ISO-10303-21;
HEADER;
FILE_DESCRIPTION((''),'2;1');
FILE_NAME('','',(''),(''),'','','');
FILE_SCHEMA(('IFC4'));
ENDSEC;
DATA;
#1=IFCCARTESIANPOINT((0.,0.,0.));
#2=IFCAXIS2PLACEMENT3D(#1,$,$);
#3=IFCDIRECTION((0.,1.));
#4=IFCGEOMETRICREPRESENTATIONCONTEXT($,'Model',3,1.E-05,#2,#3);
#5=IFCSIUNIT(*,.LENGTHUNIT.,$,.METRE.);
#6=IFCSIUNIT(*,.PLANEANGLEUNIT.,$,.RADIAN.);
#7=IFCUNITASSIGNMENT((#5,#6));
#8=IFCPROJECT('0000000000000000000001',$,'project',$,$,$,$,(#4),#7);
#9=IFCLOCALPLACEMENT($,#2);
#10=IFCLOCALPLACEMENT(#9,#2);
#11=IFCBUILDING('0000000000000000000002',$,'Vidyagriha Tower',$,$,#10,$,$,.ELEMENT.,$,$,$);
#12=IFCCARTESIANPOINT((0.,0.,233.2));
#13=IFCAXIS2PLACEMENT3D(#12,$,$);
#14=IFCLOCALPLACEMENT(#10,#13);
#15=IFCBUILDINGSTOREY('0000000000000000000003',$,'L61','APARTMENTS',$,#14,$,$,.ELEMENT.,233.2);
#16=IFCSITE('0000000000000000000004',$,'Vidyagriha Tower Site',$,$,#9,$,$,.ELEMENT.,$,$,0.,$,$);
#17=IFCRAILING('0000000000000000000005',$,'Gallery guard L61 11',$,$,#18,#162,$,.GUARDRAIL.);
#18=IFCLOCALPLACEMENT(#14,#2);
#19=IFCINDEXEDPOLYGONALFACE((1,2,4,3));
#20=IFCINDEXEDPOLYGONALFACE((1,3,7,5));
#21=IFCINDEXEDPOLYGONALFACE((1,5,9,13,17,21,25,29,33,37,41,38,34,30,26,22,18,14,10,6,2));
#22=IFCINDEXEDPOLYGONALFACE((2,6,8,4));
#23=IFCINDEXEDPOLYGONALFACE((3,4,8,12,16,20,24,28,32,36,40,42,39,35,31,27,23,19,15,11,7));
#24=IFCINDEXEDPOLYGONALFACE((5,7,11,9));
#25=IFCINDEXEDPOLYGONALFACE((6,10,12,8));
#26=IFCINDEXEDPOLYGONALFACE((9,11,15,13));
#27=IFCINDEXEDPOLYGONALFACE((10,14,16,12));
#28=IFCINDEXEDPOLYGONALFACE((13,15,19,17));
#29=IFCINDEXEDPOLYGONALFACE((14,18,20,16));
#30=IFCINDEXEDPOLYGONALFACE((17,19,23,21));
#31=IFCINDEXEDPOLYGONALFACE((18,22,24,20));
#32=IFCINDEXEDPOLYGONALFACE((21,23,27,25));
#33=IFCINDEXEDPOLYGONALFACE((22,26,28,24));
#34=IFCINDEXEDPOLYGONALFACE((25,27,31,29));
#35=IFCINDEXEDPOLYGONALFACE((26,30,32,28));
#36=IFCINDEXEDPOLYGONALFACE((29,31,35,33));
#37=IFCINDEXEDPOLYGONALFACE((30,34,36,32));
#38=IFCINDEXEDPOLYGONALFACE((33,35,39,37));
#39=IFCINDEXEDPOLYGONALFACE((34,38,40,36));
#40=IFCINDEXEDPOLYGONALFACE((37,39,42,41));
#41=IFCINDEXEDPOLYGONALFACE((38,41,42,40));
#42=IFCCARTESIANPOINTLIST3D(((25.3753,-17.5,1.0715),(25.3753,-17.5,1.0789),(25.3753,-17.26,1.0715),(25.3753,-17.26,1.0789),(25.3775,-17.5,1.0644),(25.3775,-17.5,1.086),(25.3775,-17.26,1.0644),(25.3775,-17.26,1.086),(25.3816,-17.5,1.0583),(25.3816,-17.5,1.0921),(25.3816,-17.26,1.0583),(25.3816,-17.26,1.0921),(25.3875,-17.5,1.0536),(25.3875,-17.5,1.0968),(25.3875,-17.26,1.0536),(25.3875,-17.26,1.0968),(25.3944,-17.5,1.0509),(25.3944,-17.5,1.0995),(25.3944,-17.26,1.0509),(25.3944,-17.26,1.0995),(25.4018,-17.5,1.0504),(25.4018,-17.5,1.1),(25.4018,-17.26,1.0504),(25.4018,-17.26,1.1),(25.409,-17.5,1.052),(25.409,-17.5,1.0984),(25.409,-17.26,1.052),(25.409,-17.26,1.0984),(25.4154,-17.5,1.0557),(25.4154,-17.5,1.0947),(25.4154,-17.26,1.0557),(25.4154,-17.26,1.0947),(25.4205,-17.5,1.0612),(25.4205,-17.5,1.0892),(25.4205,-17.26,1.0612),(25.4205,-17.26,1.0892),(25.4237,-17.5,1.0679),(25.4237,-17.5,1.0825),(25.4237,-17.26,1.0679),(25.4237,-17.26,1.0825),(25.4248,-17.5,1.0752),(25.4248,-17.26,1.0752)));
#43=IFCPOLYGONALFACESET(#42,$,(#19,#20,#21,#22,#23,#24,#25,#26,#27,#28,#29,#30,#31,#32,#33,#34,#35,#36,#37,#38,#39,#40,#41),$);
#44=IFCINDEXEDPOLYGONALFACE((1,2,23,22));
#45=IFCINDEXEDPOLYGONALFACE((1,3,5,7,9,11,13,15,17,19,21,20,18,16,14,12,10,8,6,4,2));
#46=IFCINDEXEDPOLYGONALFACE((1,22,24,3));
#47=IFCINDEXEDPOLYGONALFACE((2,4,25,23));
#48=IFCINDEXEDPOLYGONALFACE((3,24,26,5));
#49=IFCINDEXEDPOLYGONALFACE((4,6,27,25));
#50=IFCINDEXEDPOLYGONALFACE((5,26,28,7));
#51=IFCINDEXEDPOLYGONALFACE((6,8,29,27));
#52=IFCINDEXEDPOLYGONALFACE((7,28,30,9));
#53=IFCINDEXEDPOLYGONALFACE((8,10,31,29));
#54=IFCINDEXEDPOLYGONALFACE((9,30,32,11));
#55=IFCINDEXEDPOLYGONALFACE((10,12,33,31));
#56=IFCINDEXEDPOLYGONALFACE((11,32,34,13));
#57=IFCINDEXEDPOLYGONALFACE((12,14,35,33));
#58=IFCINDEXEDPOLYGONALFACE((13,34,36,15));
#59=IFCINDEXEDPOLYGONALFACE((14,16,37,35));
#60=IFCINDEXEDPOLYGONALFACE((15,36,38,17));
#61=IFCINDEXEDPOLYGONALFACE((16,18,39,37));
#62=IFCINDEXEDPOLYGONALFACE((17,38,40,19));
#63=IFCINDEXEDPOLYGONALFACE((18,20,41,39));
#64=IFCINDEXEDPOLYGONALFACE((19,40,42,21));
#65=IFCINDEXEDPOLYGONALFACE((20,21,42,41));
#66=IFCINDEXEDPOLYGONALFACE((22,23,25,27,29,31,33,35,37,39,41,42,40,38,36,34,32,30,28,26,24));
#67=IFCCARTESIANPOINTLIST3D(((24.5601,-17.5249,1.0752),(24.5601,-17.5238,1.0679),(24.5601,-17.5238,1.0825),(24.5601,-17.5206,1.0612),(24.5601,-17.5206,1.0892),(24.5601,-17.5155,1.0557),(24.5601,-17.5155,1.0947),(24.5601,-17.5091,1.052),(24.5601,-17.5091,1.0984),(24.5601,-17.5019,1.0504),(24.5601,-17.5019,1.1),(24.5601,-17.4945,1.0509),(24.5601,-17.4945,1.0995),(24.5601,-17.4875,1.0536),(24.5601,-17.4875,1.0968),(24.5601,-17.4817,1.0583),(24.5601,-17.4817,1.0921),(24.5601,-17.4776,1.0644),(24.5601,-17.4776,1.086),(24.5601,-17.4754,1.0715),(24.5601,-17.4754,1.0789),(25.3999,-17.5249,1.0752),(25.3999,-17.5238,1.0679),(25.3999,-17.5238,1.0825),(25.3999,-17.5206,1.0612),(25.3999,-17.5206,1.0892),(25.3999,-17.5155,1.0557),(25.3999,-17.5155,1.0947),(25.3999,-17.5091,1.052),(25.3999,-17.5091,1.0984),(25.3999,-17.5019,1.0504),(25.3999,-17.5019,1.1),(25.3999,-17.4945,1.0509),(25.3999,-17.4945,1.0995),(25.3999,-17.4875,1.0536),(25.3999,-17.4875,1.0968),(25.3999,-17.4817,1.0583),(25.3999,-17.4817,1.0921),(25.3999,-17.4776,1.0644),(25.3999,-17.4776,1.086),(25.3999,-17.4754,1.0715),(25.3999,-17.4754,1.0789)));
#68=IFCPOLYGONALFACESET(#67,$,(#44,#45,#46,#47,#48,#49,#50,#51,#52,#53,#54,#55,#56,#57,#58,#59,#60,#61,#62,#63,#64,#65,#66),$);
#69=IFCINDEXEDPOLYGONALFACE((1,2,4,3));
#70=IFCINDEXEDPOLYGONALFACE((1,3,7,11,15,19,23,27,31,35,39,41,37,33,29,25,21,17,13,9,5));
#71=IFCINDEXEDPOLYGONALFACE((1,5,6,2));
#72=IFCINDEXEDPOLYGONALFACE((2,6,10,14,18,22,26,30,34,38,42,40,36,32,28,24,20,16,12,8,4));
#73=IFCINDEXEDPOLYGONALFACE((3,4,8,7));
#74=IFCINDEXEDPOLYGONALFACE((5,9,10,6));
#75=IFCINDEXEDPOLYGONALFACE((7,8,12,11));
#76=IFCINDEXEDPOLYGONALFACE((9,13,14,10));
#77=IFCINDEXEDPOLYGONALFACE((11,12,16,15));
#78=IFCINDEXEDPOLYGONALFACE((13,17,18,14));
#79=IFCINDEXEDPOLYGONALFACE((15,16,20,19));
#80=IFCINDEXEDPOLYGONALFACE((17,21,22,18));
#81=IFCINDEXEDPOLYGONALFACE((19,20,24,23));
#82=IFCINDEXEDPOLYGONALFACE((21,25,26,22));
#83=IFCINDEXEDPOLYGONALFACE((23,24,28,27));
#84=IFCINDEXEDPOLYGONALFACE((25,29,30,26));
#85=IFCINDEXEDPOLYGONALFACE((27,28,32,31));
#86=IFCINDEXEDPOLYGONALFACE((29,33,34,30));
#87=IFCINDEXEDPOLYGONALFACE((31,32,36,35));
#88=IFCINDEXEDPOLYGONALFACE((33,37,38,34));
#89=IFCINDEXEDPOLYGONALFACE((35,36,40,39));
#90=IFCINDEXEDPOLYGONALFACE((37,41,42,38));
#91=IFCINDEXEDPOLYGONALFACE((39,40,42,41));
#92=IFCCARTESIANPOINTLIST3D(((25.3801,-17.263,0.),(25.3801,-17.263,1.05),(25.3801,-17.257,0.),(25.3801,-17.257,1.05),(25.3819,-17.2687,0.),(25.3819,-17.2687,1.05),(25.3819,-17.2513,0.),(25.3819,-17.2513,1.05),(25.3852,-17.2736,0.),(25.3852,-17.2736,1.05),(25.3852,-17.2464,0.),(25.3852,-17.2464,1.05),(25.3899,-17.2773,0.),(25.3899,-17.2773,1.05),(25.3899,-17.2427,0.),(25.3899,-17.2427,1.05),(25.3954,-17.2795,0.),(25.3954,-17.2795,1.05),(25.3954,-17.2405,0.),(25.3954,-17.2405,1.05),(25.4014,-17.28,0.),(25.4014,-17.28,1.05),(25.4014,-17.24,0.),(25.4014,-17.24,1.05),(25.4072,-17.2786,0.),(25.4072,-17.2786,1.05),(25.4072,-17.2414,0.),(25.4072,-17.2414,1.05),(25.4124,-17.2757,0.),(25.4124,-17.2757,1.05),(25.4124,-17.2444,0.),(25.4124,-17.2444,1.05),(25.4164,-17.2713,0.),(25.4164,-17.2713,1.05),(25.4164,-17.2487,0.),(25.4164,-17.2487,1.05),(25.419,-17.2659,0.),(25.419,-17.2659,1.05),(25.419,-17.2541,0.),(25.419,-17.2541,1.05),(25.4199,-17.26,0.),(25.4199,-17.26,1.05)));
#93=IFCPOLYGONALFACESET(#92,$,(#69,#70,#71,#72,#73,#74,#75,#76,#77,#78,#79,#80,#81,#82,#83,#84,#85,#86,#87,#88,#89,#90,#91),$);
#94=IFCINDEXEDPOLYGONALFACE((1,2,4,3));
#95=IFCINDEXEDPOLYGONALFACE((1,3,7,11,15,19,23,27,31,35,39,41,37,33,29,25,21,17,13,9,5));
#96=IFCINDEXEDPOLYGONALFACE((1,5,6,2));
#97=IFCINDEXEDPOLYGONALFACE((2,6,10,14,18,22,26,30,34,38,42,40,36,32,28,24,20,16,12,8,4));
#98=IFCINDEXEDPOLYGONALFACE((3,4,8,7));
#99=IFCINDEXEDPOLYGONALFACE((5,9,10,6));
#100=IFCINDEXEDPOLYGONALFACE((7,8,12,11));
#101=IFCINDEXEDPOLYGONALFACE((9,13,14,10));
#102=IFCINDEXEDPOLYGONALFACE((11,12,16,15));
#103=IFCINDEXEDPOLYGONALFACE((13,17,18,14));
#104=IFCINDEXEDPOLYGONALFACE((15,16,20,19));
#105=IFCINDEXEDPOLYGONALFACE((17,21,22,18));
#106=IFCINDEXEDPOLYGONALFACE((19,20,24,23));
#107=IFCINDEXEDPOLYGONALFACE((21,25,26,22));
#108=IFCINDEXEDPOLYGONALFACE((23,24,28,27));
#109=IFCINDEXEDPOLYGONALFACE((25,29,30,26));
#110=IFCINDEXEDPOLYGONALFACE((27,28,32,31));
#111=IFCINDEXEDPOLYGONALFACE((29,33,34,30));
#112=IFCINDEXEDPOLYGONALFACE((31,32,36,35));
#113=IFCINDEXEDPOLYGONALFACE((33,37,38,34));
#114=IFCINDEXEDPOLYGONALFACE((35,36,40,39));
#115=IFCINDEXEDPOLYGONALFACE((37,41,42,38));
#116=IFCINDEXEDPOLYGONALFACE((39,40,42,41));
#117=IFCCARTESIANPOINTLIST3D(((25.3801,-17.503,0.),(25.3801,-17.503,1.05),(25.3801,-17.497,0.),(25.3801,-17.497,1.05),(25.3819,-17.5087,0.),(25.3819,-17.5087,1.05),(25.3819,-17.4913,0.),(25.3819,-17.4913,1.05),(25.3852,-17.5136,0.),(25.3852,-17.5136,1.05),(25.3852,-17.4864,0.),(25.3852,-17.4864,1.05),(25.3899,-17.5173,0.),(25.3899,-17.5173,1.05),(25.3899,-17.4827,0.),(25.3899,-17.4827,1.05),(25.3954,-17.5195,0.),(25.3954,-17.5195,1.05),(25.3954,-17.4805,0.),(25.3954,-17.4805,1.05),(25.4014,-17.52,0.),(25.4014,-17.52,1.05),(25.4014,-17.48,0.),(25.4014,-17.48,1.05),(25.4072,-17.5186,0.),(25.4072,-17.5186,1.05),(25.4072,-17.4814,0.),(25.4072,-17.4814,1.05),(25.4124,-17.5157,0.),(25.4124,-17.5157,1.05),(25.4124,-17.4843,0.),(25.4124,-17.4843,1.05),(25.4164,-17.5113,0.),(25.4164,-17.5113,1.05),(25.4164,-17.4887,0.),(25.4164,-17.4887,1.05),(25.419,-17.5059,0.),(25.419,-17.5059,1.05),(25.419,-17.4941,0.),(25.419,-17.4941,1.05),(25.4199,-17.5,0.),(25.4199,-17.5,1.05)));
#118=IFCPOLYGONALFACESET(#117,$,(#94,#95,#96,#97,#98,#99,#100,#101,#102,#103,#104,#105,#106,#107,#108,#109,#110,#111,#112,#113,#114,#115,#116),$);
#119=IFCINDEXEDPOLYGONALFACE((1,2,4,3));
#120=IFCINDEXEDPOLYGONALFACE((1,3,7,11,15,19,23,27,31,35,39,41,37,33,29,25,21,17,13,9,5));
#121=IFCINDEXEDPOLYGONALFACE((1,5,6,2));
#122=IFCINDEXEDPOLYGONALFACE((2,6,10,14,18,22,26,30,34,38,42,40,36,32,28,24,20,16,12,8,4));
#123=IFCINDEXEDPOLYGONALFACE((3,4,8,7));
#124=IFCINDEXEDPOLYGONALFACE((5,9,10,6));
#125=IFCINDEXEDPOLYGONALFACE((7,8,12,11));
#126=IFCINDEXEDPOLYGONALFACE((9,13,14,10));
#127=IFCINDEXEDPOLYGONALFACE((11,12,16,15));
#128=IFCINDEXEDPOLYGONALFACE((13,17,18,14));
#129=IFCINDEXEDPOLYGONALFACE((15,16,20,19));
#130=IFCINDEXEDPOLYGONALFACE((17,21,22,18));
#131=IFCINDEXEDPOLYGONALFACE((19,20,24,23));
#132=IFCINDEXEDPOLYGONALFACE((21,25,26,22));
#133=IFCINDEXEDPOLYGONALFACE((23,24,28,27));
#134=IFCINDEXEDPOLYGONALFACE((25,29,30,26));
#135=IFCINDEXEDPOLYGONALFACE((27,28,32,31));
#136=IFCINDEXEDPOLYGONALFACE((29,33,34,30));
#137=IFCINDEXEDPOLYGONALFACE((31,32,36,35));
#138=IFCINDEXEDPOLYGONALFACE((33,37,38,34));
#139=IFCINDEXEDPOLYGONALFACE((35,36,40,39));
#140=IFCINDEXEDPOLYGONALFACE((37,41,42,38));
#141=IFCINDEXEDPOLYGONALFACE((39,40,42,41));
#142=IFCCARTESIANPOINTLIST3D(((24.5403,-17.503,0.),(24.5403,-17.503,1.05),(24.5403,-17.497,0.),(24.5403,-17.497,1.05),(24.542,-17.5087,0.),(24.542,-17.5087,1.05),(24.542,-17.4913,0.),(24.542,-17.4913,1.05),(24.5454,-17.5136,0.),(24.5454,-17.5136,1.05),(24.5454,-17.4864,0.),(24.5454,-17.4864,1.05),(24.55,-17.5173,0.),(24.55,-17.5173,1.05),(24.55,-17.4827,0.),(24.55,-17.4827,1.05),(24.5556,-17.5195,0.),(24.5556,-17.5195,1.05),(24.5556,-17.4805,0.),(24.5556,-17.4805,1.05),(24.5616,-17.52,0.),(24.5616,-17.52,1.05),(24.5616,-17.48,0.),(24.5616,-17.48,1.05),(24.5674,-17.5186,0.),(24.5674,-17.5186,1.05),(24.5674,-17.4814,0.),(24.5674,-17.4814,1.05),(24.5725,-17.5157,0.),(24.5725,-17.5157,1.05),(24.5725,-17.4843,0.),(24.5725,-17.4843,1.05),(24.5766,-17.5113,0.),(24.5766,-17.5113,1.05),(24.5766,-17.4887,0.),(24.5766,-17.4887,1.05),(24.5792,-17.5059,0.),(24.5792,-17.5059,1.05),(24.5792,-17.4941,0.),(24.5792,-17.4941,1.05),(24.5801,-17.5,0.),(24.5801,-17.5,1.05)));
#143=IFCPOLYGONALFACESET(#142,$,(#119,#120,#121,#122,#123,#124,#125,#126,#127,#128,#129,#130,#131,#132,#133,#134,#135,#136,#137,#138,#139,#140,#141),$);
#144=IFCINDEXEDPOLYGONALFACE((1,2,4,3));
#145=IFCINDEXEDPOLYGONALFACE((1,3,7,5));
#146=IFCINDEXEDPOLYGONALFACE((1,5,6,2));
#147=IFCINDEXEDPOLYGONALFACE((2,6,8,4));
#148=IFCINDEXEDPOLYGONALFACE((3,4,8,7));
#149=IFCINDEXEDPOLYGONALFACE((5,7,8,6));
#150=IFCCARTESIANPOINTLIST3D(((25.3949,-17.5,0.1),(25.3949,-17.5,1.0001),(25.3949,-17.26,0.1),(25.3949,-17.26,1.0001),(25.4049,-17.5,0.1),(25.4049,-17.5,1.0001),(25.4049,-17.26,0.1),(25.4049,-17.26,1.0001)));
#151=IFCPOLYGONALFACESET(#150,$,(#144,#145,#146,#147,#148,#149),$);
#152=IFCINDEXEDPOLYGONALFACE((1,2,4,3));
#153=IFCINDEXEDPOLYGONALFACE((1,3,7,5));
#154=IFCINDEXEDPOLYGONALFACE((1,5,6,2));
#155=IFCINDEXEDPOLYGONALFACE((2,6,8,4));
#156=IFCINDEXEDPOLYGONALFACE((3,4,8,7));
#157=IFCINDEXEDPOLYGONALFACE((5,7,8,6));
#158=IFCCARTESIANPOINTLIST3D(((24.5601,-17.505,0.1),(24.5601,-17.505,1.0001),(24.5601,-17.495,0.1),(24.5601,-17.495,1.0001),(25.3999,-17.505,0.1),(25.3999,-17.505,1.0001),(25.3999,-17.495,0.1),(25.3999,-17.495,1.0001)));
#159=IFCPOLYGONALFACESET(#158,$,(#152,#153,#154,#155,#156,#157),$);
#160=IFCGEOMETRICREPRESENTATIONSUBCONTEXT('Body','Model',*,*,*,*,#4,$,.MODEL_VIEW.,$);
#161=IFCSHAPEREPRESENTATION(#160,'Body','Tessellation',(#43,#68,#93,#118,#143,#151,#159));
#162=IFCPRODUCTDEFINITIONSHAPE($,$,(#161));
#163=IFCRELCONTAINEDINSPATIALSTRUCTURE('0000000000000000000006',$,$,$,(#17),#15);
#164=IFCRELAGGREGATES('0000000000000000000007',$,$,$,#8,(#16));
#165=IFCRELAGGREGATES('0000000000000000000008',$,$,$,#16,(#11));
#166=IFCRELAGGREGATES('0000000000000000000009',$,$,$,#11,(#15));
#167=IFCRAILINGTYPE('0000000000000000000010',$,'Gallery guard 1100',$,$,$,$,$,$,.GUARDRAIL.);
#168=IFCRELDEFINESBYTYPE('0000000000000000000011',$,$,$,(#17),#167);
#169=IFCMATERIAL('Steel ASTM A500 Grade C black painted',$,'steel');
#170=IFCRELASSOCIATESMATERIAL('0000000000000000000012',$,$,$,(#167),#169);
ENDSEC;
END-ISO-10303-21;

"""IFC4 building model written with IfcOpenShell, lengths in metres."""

from ifc_helpers import new_model, si_unit, direction, frame, origin, origin_2d, place, context, subcontext, project, spatial, rectangle, circle, extrude, material, type_object, element, save


model = new_model("IFC4")

# Units and contexts
model_context = context("Model", 3, precision=1e-05, world=origin(), true_north=direction((0.0, 1.0)))
body_context = subcontext(model_context, "Body", "Model", "MODEL_VIEW")
ifc_project = project(units=[si_unit("LENGTHUNIT", "METRE"), si_unit("PLANEANGLEUNIT", "RADIAN")], contexts=[model_context])

# Site, building, storey
site_placement = place(None, origin())
site = spatial("IfcSite", under=ifc_project, at=site_placement, Name="Vidyagriha Tower Site", CompositionType="ELEMENT", RefElevation=0.0)
building_placement = place(site_placement, origin())
building = spatial("IfcBuilding", under=site, at=building_placement, Name="Vidyagriha Tower", CompositionType="ELEMENT")
storey_placement = place(building_placement, frame((0.0, 0.0, 233.2)))
storey = spatial("IfcBuildingStorey", under=building, at=storey_placement, Name="L61", Description="APARTMENTS", CompositionType="ELEMENT", Elevation=233.2)

# Railing
ifc_material_1 = material(Name="Steel ASTM A500 Grade C black painted", Category="steel")
railing_type_1 = type_object("IfcRailingType", Name="Gallery guard 1100", PredefinedType="GUARDRAIL", material=ifc_material_1)
railing_1_placement = place(storey_placement, frame((25.3999, -17.26, 0.0)))
element("IfcRailing", 1, at=railing_1_placement, inside=storey, type_object=railing_type_1, Name="Gallery guard L61 11", PredefinedType="GUARDRAIL", context=body_context, shape_type="SweptSolid", body=[
    extrude(circle(Radius=0.0249, at=origin_2d()), frame((0.0, 0.0, 1.0752), z_axis=(0.0, -1.0, 0.0), x_axis=(1.0, 0.0, 0.0)), (0.0, 0.0, 1.0), 0.24),
    extrude(circle(Radius=0.0249, at=origin_2d()), frame((0.0, -0.24, 1.0752), z_axis=(-1.0, 0.0, 0.0), x_axis=(0.0, -1.0, 0.0)), (0.0, 0.0, 1.0), 0.8398),
    extrude(circle(Radius=0.02, at=origin_2d()), origin(), (0.0, 0.0, 1.0), 1.05),
    extrude(circle(Radius=0.02, at=origin_2d()), frame((0.0, -0.24, 0.0)), (0.0, 0.0, 1.0), 1.05),
    extrude(circle(Radius=0.02, at=origin_2d()), frame((-0.8398, -0.24, 0.0)), (0.0, 0.0, 1.0), 1.05),
    extrude(rectangle(XDim=0.01, YDim=0.9001, at=origin_2d()), frame((0.0, 0.0, 0.55), z_axis=(0.0, -1.0, 0.0), x_axis=(1.0, 0.0, 0.0)), (0.0, 0.0, 1.0), 0.24),
    extrude(rectangle(XDim=0.01, YDim=0.9001, at=origin_2d()), frame((0.0, -0.24, 0.55), z_axis=(-1.0, 0.0, 0.0), x_axis=(0.0, -1.0, 0.0)), (0.0, 0.0, 1.0), 0.8398),
])

save(model, "model.ifc")
